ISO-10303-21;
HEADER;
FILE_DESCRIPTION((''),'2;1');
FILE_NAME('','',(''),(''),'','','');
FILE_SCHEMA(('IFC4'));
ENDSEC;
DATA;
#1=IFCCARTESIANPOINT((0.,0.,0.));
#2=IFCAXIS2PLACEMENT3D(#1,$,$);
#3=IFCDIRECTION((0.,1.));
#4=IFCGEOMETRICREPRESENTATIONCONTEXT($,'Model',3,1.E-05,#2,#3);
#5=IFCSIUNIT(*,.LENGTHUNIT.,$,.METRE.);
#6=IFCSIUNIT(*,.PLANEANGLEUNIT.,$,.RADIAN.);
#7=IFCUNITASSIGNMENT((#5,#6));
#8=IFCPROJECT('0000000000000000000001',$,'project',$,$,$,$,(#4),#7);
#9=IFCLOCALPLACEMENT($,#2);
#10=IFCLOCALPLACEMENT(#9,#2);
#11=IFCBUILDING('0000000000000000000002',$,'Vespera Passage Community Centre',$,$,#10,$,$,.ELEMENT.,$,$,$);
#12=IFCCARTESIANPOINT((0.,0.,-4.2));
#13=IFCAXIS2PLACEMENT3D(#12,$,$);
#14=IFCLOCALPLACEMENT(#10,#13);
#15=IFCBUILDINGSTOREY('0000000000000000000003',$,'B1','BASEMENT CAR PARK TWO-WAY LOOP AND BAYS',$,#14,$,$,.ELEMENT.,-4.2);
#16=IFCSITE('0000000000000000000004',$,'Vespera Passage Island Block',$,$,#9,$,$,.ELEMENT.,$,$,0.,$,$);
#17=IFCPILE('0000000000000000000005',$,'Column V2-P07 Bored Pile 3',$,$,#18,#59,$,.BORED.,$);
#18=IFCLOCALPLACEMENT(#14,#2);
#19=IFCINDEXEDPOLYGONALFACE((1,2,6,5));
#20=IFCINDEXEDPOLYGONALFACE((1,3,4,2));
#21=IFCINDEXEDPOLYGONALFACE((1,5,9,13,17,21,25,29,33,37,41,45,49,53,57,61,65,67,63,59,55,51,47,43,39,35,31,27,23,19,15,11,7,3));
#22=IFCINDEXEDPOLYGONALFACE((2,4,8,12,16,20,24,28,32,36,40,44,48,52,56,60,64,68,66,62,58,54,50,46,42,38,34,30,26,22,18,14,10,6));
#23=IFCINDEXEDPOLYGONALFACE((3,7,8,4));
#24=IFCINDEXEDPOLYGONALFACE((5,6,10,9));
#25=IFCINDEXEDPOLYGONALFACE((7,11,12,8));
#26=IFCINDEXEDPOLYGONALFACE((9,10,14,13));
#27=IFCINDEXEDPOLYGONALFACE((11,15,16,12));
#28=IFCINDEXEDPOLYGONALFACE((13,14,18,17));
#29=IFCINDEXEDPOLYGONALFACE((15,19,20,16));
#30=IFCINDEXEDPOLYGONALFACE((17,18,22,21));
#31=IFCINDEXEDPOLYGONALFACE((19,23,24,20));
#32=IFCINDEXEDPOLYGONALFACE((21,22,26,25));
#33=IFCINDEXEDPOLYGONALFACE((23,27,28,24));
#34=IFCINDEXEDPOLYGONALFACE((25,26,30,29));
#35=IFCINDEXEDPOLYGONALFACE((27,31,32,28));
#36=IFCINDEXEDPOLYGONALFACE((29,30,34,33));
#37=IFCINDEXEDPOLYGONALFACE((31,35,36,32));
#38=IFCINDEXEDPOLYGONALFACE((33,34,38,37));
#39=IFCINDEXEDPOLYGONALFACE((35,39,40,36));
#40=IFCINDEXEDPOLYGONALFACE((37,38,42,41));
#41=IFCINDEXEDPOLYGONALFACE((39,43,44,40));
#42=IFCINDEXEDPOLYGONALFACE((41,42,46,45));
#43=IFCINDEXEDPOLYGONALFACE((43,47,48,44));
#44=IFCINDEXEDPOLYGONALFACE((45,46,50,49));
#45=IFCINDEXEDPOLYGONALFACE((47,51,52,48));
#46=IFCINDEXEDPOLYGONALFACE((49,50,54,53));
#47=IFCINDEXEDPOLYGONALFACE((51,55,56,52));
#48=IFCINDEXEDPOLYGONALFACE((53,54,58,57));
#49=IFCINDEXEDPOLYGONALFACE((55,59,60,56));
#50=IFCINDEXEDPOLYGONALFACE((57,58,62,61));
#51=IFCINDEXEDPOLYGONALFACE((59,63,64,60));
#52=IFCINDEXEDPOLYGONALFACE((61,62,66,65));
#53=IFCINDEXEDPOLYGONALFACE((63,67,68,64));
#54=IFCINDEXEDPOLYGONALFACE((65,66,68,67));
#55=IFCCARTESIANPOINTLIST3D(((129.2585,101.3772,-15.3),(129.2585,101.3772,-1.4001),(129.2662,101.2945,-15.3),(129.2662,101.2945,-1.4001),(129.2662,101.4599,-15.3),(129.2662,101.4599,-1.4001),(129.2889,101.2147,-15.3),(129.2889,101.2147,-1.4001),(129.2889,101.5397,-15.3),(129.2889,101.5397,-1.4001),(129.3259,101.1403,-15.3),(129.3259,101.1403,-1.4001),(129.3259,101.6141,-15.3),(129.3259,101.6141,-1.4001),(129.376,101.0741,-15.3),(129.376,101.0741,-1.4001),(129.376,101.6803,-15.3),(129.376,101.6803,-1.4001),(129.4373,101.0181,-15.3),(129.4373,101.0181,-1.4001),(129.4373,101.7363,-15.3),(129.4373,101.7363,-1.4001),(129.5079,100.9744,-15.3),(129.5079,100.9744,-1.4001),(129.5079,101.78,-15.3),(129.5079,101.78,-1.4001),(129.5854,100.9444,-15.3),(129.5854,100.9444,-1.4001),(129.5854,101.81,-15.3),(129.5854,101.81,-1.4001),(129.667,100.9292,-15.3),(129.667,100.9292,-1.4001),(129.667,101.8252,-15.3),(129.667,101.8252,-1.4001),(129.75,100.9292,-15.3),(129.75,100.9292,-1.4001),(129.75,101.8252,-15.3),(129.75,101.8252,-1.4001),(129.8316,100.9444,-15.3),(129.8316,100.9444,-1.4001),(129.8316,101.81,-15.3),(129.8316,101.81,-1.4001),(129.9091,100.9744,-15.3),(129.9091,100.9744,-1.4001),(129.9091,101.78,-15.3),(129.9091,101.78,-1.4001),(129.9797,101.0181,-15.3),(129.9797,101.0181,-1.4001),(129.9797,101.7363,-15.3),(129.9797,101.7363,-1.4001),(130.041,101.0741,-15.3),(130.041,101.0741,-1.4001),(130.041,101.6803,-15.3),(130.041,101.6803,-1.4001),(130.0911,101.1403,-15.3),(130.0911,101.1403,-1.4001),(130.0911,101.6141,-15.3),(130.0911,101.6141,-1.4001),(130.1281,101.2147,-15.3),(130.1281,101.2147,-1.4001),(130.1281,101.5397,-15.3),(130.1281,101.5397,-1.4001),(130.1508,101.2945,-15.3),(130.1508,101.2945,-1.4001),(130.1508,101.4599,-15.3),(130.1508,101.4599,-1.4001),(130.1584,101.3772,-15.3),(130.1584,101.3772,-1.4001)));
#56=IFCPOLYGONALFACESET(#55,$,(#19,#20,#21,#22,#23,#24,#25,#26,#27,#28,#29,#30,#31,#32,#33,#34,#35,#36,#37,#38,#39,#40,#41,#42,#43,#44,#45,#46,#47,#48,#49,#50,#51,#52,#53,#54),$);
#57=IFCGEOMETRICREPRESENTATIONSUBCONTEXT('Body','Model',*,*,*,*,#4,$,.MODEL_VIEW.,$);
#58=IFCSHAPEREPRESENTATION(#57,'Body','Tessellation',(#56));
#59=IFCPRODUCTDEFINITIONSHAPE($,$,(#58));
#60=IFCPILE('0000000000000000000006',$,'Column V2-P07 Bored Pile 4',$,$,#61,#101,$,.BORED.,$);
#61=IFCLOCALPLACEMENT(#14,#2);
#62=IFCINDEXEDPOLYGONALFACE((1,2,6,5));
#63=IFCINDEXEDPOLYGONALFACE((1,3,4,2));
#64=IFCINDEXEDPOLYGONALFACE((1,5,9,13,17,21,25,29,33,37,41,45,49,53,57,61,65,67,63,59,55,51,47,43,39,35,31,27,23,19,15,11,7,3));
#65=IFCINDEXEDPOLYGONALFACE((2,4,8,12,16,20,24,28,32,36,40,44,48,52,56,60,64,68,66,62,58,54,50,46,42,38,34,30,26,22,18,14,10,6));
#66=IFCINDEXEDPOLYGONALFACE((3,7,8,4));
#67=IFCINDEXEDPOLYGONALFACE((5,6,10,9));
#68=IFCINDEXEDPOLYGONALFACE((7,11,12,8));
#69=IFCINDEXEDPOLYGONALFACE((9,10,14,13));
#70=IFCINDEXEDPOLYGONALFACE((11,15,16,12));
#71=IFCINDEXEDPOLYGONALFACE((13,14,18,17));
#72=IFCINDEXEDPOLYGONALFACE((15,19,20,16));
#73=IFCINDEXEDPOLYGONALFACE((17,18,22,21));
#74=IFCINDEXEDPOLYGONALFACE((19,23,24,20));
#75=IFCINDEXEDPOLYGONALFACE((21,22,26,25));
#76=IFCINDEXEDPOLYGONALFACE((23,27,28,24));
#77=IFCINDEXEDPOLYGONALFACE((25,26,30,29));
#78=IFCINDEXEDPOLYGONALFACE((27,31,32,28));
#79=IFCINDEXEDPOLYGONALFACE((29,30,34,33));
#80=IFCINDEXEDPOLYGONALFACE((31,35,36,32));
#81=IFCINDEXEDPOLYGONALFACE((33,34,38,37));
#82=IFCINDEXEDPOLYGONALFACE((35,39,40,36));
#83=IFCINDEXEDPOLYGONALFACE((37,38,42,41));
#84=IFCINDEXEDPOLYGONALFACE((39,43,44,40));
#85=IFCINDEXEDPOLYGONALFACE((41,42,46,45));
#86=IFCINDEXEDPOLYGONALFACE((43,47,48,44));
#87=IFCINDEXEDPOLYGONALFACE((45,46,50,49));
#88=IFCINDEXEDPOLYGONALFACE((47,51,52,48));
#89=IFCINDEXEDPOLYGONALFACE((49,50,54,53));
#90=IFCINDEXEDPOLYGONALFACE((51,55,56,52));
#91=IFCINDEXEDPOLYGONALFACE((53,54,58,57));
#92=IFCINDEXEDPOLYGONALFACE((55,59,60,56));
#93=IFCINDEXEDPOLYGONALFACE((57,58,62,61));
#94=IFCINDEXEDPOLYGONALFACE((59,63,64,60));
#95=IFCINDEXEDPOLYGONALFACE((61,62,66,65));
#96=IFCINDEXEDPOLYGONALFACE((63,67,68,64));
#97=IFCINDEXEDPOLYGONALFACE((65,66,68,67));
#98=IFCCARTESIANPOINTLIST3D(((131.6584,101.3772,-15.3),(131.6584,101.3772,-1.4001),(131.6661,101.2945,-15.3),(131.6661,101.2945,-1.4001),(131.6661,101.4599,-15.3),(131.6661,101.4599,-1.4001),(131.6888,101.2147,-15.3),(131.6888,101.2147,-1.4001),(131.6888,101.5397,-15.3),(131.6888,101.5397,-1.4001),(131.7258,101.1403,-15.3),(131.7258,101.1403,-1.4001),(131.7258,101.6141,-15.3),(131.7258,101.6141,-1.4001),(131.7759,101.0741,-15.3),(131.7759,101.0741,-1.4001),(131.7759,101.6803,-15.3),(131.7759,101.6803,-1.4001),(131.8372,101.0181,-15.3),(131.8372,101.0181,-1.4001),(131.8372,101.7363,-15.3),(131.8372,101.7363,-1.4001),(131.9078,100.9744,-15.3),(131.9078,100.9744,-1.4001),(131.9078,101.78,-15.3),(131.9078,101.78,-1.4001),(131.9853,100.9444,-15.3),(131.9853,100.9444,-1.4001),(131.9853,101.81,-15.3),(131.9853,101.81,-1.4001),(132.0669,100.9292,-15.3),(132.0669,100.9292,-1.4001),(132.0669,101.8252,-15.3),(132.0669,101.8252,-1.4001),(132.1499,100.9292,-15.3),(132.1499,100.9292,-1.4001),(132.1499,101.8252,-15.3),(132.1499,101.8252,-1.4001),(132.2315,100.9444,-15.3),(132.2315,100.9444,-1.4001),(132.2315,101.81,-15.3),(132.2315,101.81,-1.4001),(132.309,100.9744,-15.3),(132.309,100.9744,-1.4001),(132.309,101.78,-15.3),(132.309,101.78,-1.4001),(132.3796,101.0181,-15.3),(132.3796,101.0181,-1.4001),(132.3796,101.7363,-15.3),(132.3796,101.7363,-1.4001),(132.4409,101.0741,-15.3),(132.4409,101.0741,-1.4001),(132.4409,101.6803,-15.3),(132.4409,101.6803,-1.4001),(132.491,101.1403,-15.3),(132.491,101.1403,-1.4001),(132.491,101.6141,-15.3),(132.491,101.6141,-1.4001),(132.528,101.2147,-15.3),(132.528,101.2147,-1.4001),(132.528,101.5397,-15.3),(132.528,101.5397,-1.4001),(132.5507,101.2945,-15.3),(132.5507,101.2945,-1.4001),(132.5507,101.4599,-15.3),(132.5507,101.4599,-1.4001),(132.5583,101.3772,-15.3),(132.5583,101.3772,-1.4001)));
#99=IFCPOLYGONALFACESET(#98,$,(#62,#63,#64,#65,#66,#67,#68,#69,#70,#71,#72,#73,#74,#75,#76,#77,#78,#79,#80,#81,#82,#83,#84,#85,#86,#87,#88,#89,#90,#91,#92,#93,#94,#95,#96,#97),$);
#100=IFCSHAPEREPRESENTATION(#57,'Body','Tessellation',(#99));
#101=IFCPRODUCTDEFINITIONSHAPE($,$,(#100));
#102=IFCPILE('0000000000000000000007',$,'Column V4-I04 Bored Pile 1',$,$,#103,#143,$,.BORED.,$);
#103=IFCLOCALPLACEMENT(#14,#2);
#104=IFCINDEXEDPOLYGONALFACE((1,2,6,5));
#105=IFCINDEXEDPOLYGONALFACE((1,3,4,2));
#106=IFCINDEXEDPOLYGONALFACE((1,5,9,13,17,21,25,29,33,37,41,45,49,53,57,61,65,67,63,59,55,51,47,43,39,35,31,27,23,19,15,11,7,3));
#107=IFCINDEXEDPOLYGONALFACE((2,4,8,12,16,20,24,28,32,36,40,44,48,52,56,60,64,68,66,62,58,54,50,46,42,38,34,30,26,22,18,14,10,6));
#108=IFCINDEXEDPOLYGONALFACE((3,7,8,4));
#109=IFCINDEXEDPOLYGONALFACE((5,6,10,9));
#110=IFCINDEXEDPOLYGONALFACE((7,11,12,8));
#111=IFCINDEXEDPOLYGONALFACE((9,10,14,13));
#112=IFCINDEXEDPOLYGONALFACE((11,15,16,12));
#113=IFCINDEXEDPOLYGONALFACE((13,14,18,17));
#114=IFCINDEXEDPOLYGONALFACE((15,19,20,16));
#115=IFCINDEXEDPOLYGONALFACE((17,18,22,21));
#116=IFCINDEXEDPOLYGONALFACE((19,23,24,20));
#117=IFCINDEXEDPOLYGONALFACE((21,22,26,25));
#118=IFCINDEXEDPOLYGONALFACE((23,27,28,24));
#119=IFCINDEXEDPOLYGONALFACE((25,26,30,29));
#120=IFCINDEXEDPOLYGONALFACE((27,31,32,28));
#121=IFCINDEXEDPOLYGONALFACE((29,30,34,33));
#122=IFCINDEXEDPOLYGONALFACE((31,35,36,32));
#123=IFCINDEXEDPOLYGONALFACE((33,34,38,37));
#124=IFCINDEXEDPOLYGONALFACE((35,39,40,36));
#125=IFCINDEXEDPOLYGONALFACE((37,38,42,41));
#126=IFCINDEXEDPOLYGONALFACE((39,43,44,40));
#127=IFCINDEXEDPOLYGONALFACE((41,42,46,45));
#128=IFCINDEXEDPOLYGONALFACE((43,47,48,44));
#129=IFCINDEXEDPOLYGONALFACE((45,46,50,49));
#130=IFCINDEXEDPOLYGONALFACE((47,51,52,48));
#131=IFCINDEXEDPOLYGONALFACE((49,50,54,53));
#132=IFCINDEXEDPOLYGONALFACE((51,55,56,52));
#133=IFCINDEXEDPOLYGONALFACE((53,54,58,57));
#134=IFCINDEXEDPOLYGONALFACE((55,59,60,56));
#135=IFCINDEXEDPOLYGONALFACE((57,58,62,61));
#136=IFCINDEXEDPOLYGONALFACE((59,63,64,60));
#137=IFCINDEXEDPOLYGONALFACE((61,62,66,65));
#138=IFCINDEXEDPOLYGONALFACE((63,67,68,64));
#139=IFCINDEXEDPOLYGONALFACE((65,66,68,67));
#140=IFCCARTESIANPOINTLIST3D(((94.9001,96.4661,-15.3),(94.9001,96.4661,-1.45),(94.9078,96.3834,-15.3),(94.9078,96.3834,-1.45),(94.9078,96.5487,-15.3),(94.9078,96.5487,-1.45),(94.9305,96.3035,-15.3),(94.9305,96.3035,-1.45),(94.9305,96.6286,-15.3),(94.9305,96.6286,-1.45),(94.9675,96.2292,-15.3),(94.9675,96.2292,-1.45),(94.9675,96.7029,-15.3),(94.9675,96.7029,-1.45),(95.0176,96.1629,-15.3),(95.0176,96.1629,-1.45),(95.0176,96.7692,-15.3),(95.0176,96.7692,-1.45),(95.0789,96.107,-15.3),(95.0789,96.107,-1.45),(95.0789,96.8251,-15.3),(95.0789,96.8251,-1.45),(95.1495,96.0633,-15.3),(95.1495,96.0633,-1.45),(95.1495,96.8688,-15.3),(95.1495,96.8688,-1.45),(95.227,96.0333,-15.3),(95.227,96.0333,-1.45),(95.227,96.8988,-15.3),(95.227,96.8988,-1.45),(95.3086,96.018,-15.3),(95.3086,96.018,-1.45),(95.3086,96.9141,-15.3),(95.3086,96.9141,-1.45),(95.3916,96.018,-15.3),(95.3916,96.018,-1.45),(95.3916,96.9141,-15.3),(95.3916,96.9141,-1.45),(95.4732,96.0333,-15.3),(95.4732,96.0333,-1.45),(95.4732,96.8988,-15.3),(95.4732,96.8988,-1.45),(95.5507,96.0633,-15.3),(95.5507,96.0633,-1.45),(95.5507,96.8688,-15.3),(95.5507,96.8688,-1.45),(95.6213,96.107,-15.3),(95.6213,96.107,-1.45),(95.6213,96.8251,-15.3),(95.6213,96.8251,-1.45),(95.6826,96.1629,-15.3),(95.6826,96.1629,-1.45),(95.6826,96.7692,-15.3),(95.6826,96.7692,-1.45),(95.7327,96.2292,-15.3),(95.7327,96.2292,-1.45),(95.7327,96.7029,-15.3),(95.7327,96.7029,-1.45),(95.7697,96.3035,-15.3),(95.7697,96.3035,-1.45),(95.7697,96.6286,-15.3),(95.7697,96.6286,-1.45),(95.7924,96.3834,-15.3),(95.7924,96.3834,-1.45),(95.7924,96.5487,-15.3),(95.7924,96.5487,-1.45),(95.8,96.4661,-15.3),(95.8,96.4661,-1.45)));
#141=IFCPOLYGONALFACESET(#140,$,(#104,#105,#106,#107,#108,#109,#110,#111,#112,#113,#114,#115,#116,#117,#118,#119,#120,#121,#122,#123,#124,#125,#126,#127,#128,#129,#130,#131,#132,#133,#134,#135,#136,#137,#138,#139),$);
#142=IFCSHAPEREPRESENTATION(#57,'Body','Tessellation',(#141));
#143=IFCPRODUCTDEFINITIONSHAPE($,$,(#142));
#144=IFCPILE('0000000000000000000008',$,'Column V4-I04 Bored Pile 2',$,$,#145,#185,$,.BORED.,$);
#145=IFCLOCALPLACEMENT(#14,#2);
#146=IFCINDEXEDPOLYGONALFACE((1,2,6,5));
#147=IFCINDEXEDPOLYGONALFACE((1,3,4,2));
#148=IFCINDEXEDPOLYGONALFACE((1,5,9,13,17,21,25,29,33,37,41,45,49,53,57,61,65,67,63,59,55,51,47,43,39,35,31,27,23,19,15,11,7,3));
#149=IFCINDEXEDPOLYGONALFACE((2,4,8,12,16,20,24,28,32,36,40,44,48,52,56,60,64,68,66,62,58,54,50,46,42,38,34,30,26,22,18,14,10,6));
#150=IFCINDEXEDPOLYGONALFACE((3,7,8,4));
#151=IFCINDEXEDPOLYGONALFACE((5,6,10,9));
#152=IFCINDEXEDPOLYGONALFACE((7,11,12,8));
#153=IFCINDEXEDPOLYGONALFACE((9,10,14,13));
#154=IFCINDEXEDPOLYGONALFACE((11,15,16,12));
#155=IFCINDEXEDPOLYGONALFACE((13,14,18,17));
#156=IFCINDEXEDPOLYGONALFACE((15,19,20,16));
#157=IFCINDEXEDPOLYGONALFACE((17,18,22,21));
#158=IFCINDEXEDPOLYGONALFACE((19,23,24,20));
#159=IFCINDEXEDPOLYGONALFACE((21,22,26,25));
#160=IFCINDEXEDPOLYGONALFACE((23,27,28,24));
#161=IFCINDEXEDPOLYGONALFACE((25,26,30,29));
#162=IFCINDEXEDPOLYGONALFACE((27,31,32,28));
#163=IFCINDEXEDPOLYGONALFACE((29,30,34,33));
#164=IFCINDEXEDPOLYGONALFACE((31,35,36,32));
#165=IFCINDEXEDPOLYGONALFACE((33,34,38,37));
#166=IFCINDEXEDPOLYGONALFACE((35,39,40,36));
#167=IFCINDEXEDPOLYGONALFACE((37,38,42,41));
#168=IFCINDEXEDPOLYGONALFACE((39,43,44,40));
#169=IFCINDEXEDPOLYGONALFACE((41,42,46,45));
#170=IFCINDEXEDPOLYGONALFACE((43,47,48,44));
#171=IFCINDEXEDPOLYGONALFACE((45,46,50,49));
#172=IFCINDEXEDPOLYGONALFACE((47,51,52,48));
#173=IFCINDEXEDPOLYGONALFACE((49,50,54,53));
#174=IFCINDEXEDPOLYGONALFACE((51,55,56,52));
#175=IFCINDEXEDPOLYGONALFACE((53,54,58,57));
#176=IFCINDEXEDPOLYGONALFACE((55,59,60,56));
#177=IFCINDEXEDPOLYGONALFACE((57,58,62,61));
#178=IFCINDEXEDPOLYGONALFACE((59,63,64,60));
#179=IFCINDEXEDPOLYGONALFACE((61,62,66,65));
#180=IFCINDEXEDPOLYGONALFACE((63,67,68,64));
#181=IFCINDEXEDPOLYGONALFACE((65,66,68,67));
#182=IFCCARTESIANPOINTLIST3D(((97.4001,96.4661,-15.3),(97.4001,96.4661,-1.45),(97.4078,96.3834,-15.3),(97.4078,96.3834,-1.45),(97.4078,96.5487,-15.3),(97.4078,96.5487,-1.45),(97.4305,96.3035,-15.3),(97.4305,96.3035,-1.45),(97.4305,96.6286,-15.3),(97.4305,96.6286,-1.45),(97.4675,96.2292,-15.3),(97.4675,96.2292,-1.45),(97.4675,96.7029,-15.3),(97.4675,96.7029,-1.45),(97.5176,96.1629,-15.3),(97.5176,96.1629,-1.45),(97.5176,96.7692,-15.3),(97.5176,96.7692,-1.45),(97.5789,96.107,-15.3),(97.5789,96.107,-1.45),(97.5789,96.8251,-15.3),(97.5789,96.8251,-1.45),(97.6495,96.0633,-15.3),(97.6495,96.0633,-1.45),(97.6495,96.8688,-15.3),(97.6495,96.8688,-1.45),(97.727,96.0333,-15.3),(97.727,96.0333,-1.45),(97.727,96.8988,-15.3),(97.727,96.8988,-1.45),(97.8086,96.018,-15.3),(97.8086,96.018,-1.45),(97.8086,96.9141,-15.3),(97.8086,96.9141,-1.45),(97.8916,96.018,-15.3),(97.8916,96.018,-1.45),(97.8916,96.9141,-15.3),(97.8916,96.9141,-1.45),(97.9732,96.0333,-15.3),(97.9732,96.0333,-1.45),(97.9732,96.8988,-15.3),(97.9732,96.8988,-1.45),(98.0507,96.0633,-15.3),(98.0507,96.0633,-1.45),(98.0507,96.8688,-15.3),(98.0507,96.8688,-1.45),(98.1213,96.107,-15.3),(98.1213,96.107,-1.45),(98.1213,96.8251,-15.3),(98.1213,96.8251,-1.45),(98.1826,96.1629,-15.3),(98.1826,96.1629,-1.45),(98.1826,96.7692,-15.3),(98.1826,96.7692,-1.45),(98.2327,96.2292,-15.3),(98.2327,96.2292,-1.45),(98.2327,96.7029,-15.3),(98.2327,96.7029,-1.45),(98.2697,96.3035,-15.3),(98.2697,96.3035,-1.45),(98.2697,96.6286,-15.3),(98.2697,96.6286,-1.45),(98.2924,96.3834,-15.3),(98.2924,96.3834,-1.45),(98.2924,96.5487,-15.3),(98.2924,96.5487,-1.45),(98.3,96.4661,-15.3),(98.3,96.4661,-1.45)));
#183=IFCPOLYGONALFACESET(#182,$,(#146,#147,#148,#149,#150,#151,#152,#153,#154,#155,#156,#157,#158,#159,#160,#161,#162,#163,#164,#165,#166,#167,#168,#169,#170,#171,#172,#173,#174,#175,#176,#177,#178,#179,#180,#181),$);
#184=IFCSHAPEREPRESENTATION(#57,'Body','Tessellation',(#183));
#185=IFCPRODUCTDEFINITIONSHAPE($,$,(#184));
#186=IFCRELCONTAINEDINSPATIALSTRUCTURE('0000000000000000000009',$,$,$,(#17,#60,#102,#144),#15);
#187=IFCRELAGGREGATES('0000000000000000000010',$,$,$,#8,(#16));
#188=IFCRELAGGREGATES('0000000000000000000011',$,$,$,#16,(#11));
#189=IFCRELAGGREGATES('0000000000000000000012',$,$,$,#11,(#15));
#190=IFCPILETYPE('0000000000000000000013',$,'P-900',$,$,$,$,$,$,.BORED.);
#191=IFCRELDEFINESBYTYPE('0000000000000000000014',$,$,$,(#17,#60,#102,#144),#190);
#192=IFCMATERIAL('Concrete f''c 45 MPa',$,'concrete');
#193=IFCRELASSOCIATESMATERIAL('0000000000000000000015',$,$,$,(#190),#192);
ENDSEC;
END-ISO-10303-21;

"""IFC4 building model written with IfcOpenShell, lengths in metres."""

from ifc_helpers import new_model, si_unit, direction, frame, origin, origin_2d, place, context, subcontext, project, spatial, circle, extrude, material, material_profile, profile_set, type_object, element, save


model = new_model("IFC4")

# Units and contexts
model_context = context("Model", 3, precision=1e-05, world=origin(), true_north=direction((0.0, 1.0)))
body_context = subcontext(model_context, "Body", "Model", "MODEL_VIEW")
ifc_project = project(units=[si_unit("LENGTHUNIT", "METRE"), si_unit("PLANEANGLEUNIT", "RADIAN")], contexts=[model_context])

# Site, building, storey
site_placement = place(None, origin())
site = spatial("IfcSite", under=ifc_project, at=site_placement, Name="Vespera Passage Island Block", CompositionType="ELEMENT", RefElevation=0.0)
building_placement = place(site_placement, origin())
building = spatial("IfcBuilding", under=site, at=building_placement, Name="Vespera Passage Community Centre", CompositionType="ELEMENT")
storey_placement = place(building_placement, frame((0.0, 0.0, -4.2)))
storey = spatial("IfcBuildingStorey", under=building, at=storey_placement, Name="B1", Description="BASEMENT CAR PARK TWO-WAY LOOP AND BAYS", CompositionType="ELEMENT", Elevation=-4.2)

# Piles
ifc_material_1 = material(Name="Concrete f'c 45 MPa", Category="concrete")
ifc_material_profile_1 = material_profile(ifc_material_1, circle(Radius=0.45, at=origin_2d()), Name="PILE900DIA")
ifc_profile_set_1 = profile_set([ifc_material_profile_1], Name="Concrete f'c 45 MPa")
pile_type_1 = type_object("IfcPileType", Name="P-900", PredefinedType="BORED", material=ifc_profile_set_1)
for number, where, z_axis, x_axis, name in (
    (1, (129.7085, 101.3772, -1.4001), (0.0, 0.0, -1.0), (1.0, 0.0, 0.0), "Column V2-P07 Bored Pile 3"),
    (2, (132.1084, 101.3772, -1.4001), (0.0, 0.0, -1.0), (1.0, 0.0, 0.0), "Column V2-P07 Bored Pile 4"),
):
    element("IfcPile", number, at=place(storey_placement, frame(where, z_axis=z_axis, x_axis=x_axis)), inside=storey, type_object=pile_type_1, Name=name, PredefinedType="BORED", context=body_context, shape_type="SweptSolid", body=[
        extrude(circle(Radius=0.45, at=origin_2d()), origin(), (0.0, 0.0, 1.0), 13.8999),
    ])
for number, where, z_axis, x_axis, name in (
    (3, (95.3501, 96.4661, -1.45), (0.0, 0.0, -1.0), (1.0, 0.0, 0.0), "Column V4-I04 Bored Pile 1"),
    (4, (97.8501, 96.4661, -1.45), (0.0, 0.0, -1.0), (1.0, 0.0, 0.0), "Column V4-I04 Bored Pile 2"),
):
    element("IfcPile", number, at=place(storey_placement, frame(where, z_axis=z_axis, x_axis=x_axis)), inside=storey, type_object=pile_type_1, Name=name, PredefinedType="BORED", context=body_context, shape_type="SweptSolid", body=[
        extrude(circle(Radius=0.45, at=origin_2d()), origin(), (0.0, 0.0, 1.0), 13.8501),
    ])

save(model, "model.ifc")
